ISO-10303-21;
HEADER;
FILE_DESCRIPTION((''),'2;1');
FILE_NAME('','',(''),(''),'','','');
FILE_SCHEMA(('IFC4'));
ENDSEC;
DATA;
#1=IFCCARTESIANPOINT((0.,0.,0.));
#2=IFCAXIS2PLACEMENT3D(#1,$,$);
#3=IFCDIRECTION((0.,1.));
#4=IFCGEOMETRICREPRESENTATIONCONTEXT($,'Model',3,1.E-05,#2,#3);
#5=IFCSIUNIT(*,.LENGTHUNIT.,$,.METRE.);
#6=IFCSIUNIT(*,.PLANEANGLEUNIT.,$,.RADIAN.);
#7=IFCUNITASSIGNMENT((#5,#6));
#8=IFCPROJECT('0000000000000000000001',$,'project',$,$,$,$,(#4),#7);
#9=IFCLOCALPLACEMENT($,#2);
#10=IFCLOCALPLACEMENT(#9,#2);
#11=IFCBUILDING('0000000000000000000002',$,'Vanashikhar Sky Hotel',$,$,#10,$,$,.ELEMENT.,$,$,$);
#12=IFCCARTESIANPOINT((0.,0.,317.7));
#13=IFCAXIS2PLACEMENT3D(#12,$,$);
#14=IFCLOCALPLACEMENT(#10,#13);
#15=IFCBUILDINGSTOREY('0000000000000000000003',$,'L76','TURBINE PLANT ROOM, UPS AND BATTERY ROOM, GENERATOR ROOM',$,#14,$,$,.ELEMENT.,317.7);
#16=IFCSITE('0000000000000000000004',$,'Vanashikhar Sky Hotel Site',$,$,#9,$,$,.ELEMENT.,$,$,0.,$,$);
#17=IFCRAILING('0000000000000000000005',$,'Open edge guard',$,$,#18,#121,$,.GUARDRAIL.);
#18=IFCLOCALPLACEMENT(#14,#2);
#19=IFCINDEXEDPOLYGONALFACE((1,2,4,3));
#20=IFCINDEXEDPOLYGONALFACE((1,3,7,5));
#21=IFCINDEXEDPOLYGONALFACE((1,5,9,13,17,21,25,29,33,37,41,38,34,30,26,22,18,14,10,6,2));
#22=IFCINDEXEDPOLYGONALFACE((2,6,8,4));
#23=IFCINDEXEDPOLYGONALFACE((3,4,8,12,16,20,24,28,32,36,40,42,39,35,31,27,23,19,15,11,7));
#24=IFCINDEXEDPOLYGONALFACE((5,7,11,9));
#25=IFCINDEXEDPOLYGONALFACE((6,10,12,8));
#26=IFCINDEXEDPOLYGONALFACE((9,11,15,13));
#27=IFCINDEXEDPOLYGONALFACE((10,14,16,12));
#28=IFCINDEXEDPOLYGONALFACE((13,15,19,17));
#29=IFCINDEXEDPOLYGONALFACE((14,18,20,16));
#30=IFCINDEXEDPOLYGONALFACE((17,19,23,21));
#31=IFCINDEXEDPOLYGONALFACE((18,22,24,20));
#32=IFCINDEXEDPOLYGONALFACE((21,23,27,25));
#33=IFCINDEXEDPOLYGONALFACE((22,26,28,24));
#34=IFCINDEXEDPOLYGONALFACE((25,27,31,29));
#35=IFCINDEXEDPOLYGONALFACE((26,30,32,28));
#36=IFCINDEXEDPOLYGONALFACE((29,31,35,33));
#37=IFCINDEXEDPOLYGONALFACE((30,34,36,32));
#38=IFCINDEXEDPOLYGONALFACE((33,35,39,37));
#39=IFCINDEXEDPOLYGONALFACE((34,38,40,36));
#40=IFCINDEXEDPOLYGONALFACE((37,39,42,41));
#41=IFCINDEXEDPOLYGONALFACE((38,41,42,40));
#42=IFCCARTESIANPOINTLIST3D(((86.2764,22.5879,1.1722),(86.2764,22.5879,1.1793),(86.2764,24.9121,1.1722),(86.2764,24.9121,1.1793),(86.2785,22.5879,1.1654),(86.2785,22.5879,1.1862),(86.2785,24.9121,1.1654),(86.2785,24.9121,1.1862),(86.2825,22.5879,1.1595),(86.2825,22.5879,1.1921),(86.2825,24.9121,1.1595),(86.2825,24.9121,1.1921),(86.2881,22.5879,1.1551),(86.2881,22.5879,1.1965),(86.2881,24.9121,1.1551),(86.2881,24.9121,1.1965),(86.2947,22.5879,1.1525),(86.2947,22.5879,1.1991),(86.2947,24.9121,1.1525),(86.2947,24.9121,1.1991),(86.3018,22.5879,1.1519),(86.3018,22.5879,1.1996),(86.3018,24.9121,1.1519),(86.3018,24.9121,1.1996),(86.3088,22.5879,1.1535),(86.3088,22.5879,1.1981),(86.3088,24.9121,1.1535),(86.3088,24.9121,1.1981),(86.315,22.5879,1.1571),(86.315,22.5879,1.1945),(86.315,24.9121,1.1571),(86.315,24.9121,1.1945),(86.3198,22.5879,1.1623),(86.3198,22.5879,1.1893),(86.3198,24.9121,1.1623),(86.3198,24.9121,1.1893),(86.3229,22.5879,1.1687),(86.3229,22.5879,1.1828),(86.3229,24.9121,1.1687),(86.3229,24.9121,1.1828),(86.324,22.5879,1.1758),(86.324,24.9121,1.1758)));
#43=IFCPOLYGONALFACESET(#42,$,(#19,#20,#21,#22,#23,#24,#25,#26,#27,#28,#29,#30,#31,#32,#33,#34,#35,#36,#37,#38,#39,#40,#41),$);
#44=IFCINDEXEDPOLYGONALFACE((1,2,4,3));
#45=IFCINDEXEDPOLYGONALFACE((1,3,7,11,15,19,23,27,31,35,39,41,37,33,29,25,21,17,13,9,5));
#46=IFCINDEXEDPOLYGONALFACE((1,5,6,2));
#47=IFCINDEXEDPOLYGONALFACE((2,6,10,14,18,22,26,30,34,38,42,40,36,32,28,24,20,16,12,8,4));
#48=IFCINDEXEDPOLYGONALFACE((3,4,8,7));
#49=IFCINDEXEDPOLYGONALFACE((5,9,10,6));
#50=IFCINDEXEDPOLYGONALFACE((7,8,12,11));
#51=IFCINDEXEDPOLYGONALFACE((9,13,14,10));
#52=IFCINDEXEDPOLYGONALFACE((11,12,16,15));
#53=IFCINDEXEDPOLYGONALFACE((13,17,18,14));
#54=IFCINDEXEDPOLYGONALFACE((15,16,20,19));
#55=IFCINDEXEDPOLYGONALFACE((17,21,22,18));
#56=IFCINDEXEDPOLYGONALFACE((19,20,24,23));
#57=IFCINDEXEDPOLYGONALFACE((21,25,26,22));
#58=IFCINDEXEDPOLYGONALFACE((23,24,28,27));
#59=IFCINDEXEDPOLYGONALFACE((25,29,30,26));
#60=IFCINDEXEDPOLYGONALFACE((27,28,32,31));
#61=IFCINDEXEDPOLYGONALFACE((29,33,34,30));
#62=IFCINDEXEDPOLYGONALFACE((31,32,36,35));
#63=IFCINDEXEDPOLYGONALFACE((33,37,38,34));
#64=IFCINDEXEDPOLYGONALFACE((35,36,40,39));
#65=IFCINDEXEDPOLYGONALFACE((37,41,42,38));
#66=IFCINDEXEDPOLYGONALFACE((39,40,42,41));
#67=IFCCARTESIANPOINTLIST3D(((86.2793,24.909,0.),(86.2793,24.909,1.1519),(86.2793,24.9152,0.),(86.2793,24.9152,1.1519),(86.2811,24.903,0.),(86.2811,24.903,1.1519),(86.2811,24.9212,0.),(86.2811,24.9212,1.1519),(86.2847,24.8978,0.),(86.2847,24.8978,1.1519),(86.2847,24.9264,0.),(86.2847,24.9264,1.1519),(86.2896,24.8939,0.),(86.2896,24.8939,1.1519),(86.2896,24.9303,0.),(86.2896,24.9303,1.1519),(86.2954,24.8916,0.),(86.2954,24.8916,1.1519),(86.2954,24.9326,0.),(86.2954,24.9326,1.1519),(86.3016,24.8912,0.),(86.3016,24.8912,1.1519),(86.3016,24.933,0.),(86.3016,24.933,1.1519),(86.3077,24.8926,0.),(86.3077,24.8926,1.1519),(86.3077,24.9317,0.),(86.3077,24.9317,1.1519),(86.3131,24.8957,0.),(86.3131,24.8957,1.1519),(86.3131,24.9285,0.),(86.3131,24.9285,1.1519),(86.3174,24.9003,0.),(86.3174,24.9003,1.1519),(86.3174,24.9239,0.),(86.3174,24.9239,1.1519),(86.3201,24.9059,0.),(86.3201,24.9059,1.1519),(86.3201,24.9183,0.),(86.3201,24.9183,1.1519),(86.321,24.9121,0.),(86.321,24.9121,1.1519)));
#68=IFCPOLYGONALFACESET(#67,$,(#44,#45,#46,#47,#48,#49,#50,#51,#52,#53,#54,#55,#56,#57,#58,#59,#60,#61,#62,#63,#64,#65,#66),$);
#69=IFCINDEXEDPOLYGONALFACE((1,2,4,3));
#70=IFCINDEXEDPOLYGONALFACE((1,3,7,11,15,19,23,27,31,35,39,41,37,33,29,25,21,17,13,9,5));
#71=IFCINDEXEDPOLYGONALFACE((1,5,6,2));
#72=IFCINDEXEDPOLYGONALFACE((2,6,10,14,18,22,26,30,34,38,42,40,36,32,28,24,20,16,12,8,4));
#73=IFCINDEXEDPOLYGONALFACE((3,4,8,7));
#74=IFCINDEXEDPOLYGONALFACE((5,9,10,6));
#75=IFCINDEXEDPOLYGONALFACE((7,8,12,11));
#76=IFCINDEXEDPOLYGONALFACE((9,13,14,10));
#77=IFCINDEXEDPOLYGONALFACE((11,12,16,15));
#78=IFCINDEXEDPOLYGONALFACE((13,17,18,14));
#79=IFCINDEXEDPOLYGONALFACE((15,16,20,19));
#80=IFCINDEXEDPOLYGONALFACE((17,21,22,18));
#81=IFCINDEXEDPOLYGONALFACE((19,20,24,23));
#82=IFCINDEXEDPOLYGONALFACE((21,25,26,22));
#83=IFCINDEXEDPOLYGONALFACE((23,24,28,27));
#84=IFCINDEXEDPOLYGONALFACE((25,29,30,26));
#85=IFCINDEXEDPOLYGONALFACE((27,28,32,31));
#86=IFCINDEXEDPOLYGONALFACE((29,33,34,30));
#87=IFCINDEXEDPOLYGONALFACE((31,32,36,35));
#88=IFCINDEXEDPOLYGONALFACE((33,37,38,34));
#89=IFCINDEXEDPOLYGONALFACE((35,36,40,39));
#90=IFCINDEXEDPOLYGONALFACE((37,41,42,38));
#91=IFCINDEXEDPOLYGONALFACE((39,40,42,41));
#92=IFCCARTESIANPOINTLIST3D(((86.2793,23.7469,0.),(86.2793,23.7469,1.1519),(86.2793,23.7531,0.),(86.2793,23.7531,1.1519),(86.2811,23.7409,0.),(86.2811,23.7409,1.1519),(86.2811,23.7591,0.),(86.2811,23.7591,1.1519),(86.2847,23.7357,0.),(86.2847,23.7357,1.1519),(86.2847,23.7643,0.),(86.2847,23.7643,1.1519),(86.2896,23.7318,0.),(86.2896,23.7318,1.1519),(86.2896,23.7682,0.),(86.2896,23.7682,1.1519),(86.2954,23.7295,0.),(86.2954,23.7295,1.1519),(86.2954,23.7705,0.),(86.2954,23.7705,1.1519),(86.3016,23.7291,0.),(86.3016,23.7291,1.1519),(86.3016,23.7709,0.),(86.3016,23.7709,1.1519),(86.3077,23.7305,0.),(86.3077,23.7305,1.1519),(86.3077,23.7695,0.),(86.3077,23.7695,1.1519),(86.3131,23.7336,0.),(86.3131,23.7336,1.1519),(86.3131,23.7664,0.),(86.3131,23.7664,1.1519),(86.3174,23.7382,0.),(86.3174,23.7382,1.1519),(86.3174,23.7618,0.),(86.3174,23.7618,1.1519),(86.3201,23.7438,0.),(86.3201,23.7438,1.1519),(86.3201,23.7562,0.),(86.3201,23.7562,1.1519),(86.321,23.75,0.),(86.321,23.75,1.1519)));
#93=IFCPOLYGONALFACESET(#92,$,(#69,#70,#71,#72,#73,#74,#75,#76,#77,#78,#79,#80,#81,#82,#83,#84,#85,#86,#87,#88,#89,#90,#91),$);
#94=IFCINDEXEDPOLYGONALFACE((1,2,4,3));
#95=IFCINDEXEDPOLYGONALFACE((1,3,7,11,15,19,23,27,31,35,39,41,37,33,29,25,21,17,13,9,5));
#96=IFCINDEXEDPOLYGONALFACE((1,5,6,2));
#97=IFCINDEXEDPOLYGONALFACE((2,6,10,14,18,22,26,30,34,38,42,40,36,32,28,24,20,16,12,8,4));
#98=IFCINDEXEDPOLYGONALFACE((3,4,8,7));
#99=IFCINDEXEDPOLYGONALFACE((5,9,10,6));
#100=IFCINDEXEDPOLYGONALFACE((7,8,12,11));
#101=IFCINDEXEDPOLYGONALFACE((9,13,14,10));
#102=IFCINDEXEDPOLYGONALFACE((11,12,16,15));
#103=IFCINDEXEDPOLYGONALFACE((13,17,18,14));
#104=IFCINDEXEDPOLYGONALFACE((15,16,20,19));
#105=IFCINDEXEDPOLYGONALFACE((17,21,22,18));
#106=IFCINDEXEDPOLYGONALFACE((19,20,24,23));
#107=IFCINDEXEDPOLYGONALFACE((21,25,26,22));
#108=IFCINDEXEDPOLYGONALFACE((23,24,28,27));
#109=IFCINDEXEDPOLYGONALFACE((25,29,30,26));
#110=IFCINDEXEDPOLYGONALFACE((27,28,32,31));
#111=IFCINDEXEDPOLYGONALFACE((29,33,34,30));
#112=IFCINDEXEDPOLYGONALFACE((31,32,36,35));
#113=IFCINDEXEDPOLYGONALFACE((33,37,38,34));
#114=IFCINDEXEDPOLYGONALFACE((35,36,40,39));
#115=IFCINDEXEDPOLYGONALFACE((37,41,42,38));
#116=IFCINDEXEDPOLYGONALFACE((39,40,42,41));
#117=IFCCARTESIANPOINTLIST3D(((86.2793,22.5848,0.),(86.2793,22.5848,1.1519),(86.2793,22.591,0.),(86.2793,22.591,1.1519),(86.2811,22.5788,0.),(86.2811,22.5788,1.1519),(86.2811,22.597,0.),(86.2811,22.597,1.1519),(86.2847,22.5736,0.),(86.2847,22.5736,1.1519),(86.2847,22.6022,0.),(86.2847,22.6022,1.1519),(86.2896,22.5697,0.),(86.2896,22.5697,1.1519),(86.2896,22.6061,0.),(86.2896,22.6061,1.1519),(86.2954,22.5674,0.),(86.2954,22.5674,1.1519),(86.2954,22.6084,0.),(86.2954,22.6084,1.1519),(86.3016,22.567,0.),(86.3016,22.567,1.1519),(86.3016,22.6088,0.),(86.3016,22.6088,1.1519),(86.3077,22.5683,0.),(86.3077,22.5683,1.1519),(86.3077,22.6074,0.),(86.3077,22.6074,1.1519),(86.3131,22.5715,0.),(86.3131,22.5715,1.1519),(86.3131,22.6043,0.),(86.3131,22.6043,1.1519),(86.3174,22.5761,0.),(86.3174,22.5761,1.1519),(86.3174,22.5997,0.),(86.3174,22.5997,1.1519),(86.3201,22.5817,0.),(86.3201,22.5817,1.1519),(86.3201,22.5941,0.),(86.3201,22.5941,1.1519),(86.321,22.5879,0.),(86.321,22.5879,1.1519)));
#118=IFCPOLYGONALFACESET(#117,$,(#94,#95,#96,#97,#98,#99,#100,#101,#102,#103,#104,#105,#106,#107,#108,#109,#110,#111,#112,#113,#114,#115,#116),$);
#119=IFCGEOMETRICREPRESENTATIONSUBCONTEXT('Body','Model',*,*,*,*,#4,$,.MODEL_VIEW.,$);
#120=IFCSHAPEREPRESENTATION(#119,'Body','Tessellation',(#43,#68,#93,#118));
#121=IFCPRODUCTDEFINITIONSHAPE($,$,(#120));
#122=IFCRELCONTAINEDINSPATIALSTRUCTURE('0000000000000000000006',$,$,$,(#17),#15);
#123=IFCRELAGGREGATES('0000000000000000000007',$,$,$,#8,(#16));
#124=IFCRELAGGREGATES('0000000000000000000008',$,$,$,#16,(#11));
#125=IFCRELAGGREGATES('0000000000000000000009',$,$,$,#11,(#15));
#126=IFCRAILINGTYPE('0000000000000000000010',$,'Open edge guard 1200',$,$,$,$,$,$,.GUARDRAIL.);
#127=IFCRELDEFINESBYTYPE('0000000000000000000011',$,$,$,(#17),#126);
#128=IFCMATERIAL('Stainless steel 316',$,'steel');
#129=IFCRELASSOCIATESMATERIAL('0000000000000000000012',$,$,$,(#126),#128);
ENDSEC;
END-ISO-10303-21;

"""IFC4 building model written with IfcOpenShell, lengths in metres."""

from ifc_helpers import new_model, si_unit, direction, frame, origin, origin_2d, place, context, subcontext, project, spatial, circle, extrude, source, transform, mapped, material, type_object, element, save


model = new_model("IFC4")

# Units and contexts
model_context = context("Model", 3, precision=1e-05, world=origin(), true_north=direction((0.0, 1.0)))
body_context = subcontext(model_context, "Body", "Model", "MODEL_VIEW")
ifc_project = project(units=[si_unit("LENGTHUNIT", "METRE"), si_unit("PLANEANGLEUNIT", "RADIAN")], contexts=[model_context])

# Site, building, storey
site_placement = place(None, origin())
site = spatial("IfcSite", under=ifc_project, at=site_placement, Name="Vanashikhar Sky Hotel Site", CompositionType="ELEMENT", RefElevation=0.0)
building_placement = place(site_placement, origin())
building = spatial("IfcBuilding", under=site, at=building_placement, Name="Vanashikhar Sky Hotel", CompositionType="ELEMENT")
storey_placement = place(building_placement, frame((0.0, 0.0, 317.7)))
storey = spatial("IfcBuildingStorey", under=building, at=storey_placement, Name="L76", Description="TURBINE PLANT ROOM, UPS AND BATTERY ROOM, GENERATOR ROOM", CompositionType="ELEMENT", Elevation=317.7)

# Railing
ifc_material_1 = material(Name="Stainless steel 316", Category="steel")
railing_type_1 = type_object("IfcRailingType", Name="Open edge guard 1200", PredefinedType="GUARDRAIL", material=ifc_material_1)
shared_shape_1 = source(origin(), body_context, "Body", "SweptSolid", [
    extrude(circle(Radius=0.0239, at=origin_2d()), frame((0.0, 0.0, 1.1758), z_axis=(0.0, -1.0, 0.0), x_axis=(1.0, 0.0, 0.0)), (0.0, 0.0, 1.0), 2.3242),
    extrude(circle(Radius=0.021, at=origin_2d()), origin(), (0.0, 0.0, 1.0), 1.1519),
    extrude(circle(Radius=0.021, at=origin_2d()), frame((0.0, -1.1621, 0.0)), (0.0, 0.0, 1.0), 1.1519),
    extrude(circle(Radius=0.021, at=origin_2d()), frame((0.0, -2.3242, 0.0)), (0.0, 0.0, 1.0), 1.1519),
])
for number, where, name in (
    (1, (86.3, 24.9121, 0.0), "Open edge guard"),
):
    element("IfcRailing", number, at=place(storey_placement, frame(where)), inside=storey, type_object=railing_type_1, Name=name, PredefinedType="GUARDRAIL", context=body_context, shape_type="MappedRepresentation", body=[
        mapped(shared_shape_1, transform((0.0, 0.0, 0.0), scale=1.0)),
    ])

save(model, "model.ifc")
